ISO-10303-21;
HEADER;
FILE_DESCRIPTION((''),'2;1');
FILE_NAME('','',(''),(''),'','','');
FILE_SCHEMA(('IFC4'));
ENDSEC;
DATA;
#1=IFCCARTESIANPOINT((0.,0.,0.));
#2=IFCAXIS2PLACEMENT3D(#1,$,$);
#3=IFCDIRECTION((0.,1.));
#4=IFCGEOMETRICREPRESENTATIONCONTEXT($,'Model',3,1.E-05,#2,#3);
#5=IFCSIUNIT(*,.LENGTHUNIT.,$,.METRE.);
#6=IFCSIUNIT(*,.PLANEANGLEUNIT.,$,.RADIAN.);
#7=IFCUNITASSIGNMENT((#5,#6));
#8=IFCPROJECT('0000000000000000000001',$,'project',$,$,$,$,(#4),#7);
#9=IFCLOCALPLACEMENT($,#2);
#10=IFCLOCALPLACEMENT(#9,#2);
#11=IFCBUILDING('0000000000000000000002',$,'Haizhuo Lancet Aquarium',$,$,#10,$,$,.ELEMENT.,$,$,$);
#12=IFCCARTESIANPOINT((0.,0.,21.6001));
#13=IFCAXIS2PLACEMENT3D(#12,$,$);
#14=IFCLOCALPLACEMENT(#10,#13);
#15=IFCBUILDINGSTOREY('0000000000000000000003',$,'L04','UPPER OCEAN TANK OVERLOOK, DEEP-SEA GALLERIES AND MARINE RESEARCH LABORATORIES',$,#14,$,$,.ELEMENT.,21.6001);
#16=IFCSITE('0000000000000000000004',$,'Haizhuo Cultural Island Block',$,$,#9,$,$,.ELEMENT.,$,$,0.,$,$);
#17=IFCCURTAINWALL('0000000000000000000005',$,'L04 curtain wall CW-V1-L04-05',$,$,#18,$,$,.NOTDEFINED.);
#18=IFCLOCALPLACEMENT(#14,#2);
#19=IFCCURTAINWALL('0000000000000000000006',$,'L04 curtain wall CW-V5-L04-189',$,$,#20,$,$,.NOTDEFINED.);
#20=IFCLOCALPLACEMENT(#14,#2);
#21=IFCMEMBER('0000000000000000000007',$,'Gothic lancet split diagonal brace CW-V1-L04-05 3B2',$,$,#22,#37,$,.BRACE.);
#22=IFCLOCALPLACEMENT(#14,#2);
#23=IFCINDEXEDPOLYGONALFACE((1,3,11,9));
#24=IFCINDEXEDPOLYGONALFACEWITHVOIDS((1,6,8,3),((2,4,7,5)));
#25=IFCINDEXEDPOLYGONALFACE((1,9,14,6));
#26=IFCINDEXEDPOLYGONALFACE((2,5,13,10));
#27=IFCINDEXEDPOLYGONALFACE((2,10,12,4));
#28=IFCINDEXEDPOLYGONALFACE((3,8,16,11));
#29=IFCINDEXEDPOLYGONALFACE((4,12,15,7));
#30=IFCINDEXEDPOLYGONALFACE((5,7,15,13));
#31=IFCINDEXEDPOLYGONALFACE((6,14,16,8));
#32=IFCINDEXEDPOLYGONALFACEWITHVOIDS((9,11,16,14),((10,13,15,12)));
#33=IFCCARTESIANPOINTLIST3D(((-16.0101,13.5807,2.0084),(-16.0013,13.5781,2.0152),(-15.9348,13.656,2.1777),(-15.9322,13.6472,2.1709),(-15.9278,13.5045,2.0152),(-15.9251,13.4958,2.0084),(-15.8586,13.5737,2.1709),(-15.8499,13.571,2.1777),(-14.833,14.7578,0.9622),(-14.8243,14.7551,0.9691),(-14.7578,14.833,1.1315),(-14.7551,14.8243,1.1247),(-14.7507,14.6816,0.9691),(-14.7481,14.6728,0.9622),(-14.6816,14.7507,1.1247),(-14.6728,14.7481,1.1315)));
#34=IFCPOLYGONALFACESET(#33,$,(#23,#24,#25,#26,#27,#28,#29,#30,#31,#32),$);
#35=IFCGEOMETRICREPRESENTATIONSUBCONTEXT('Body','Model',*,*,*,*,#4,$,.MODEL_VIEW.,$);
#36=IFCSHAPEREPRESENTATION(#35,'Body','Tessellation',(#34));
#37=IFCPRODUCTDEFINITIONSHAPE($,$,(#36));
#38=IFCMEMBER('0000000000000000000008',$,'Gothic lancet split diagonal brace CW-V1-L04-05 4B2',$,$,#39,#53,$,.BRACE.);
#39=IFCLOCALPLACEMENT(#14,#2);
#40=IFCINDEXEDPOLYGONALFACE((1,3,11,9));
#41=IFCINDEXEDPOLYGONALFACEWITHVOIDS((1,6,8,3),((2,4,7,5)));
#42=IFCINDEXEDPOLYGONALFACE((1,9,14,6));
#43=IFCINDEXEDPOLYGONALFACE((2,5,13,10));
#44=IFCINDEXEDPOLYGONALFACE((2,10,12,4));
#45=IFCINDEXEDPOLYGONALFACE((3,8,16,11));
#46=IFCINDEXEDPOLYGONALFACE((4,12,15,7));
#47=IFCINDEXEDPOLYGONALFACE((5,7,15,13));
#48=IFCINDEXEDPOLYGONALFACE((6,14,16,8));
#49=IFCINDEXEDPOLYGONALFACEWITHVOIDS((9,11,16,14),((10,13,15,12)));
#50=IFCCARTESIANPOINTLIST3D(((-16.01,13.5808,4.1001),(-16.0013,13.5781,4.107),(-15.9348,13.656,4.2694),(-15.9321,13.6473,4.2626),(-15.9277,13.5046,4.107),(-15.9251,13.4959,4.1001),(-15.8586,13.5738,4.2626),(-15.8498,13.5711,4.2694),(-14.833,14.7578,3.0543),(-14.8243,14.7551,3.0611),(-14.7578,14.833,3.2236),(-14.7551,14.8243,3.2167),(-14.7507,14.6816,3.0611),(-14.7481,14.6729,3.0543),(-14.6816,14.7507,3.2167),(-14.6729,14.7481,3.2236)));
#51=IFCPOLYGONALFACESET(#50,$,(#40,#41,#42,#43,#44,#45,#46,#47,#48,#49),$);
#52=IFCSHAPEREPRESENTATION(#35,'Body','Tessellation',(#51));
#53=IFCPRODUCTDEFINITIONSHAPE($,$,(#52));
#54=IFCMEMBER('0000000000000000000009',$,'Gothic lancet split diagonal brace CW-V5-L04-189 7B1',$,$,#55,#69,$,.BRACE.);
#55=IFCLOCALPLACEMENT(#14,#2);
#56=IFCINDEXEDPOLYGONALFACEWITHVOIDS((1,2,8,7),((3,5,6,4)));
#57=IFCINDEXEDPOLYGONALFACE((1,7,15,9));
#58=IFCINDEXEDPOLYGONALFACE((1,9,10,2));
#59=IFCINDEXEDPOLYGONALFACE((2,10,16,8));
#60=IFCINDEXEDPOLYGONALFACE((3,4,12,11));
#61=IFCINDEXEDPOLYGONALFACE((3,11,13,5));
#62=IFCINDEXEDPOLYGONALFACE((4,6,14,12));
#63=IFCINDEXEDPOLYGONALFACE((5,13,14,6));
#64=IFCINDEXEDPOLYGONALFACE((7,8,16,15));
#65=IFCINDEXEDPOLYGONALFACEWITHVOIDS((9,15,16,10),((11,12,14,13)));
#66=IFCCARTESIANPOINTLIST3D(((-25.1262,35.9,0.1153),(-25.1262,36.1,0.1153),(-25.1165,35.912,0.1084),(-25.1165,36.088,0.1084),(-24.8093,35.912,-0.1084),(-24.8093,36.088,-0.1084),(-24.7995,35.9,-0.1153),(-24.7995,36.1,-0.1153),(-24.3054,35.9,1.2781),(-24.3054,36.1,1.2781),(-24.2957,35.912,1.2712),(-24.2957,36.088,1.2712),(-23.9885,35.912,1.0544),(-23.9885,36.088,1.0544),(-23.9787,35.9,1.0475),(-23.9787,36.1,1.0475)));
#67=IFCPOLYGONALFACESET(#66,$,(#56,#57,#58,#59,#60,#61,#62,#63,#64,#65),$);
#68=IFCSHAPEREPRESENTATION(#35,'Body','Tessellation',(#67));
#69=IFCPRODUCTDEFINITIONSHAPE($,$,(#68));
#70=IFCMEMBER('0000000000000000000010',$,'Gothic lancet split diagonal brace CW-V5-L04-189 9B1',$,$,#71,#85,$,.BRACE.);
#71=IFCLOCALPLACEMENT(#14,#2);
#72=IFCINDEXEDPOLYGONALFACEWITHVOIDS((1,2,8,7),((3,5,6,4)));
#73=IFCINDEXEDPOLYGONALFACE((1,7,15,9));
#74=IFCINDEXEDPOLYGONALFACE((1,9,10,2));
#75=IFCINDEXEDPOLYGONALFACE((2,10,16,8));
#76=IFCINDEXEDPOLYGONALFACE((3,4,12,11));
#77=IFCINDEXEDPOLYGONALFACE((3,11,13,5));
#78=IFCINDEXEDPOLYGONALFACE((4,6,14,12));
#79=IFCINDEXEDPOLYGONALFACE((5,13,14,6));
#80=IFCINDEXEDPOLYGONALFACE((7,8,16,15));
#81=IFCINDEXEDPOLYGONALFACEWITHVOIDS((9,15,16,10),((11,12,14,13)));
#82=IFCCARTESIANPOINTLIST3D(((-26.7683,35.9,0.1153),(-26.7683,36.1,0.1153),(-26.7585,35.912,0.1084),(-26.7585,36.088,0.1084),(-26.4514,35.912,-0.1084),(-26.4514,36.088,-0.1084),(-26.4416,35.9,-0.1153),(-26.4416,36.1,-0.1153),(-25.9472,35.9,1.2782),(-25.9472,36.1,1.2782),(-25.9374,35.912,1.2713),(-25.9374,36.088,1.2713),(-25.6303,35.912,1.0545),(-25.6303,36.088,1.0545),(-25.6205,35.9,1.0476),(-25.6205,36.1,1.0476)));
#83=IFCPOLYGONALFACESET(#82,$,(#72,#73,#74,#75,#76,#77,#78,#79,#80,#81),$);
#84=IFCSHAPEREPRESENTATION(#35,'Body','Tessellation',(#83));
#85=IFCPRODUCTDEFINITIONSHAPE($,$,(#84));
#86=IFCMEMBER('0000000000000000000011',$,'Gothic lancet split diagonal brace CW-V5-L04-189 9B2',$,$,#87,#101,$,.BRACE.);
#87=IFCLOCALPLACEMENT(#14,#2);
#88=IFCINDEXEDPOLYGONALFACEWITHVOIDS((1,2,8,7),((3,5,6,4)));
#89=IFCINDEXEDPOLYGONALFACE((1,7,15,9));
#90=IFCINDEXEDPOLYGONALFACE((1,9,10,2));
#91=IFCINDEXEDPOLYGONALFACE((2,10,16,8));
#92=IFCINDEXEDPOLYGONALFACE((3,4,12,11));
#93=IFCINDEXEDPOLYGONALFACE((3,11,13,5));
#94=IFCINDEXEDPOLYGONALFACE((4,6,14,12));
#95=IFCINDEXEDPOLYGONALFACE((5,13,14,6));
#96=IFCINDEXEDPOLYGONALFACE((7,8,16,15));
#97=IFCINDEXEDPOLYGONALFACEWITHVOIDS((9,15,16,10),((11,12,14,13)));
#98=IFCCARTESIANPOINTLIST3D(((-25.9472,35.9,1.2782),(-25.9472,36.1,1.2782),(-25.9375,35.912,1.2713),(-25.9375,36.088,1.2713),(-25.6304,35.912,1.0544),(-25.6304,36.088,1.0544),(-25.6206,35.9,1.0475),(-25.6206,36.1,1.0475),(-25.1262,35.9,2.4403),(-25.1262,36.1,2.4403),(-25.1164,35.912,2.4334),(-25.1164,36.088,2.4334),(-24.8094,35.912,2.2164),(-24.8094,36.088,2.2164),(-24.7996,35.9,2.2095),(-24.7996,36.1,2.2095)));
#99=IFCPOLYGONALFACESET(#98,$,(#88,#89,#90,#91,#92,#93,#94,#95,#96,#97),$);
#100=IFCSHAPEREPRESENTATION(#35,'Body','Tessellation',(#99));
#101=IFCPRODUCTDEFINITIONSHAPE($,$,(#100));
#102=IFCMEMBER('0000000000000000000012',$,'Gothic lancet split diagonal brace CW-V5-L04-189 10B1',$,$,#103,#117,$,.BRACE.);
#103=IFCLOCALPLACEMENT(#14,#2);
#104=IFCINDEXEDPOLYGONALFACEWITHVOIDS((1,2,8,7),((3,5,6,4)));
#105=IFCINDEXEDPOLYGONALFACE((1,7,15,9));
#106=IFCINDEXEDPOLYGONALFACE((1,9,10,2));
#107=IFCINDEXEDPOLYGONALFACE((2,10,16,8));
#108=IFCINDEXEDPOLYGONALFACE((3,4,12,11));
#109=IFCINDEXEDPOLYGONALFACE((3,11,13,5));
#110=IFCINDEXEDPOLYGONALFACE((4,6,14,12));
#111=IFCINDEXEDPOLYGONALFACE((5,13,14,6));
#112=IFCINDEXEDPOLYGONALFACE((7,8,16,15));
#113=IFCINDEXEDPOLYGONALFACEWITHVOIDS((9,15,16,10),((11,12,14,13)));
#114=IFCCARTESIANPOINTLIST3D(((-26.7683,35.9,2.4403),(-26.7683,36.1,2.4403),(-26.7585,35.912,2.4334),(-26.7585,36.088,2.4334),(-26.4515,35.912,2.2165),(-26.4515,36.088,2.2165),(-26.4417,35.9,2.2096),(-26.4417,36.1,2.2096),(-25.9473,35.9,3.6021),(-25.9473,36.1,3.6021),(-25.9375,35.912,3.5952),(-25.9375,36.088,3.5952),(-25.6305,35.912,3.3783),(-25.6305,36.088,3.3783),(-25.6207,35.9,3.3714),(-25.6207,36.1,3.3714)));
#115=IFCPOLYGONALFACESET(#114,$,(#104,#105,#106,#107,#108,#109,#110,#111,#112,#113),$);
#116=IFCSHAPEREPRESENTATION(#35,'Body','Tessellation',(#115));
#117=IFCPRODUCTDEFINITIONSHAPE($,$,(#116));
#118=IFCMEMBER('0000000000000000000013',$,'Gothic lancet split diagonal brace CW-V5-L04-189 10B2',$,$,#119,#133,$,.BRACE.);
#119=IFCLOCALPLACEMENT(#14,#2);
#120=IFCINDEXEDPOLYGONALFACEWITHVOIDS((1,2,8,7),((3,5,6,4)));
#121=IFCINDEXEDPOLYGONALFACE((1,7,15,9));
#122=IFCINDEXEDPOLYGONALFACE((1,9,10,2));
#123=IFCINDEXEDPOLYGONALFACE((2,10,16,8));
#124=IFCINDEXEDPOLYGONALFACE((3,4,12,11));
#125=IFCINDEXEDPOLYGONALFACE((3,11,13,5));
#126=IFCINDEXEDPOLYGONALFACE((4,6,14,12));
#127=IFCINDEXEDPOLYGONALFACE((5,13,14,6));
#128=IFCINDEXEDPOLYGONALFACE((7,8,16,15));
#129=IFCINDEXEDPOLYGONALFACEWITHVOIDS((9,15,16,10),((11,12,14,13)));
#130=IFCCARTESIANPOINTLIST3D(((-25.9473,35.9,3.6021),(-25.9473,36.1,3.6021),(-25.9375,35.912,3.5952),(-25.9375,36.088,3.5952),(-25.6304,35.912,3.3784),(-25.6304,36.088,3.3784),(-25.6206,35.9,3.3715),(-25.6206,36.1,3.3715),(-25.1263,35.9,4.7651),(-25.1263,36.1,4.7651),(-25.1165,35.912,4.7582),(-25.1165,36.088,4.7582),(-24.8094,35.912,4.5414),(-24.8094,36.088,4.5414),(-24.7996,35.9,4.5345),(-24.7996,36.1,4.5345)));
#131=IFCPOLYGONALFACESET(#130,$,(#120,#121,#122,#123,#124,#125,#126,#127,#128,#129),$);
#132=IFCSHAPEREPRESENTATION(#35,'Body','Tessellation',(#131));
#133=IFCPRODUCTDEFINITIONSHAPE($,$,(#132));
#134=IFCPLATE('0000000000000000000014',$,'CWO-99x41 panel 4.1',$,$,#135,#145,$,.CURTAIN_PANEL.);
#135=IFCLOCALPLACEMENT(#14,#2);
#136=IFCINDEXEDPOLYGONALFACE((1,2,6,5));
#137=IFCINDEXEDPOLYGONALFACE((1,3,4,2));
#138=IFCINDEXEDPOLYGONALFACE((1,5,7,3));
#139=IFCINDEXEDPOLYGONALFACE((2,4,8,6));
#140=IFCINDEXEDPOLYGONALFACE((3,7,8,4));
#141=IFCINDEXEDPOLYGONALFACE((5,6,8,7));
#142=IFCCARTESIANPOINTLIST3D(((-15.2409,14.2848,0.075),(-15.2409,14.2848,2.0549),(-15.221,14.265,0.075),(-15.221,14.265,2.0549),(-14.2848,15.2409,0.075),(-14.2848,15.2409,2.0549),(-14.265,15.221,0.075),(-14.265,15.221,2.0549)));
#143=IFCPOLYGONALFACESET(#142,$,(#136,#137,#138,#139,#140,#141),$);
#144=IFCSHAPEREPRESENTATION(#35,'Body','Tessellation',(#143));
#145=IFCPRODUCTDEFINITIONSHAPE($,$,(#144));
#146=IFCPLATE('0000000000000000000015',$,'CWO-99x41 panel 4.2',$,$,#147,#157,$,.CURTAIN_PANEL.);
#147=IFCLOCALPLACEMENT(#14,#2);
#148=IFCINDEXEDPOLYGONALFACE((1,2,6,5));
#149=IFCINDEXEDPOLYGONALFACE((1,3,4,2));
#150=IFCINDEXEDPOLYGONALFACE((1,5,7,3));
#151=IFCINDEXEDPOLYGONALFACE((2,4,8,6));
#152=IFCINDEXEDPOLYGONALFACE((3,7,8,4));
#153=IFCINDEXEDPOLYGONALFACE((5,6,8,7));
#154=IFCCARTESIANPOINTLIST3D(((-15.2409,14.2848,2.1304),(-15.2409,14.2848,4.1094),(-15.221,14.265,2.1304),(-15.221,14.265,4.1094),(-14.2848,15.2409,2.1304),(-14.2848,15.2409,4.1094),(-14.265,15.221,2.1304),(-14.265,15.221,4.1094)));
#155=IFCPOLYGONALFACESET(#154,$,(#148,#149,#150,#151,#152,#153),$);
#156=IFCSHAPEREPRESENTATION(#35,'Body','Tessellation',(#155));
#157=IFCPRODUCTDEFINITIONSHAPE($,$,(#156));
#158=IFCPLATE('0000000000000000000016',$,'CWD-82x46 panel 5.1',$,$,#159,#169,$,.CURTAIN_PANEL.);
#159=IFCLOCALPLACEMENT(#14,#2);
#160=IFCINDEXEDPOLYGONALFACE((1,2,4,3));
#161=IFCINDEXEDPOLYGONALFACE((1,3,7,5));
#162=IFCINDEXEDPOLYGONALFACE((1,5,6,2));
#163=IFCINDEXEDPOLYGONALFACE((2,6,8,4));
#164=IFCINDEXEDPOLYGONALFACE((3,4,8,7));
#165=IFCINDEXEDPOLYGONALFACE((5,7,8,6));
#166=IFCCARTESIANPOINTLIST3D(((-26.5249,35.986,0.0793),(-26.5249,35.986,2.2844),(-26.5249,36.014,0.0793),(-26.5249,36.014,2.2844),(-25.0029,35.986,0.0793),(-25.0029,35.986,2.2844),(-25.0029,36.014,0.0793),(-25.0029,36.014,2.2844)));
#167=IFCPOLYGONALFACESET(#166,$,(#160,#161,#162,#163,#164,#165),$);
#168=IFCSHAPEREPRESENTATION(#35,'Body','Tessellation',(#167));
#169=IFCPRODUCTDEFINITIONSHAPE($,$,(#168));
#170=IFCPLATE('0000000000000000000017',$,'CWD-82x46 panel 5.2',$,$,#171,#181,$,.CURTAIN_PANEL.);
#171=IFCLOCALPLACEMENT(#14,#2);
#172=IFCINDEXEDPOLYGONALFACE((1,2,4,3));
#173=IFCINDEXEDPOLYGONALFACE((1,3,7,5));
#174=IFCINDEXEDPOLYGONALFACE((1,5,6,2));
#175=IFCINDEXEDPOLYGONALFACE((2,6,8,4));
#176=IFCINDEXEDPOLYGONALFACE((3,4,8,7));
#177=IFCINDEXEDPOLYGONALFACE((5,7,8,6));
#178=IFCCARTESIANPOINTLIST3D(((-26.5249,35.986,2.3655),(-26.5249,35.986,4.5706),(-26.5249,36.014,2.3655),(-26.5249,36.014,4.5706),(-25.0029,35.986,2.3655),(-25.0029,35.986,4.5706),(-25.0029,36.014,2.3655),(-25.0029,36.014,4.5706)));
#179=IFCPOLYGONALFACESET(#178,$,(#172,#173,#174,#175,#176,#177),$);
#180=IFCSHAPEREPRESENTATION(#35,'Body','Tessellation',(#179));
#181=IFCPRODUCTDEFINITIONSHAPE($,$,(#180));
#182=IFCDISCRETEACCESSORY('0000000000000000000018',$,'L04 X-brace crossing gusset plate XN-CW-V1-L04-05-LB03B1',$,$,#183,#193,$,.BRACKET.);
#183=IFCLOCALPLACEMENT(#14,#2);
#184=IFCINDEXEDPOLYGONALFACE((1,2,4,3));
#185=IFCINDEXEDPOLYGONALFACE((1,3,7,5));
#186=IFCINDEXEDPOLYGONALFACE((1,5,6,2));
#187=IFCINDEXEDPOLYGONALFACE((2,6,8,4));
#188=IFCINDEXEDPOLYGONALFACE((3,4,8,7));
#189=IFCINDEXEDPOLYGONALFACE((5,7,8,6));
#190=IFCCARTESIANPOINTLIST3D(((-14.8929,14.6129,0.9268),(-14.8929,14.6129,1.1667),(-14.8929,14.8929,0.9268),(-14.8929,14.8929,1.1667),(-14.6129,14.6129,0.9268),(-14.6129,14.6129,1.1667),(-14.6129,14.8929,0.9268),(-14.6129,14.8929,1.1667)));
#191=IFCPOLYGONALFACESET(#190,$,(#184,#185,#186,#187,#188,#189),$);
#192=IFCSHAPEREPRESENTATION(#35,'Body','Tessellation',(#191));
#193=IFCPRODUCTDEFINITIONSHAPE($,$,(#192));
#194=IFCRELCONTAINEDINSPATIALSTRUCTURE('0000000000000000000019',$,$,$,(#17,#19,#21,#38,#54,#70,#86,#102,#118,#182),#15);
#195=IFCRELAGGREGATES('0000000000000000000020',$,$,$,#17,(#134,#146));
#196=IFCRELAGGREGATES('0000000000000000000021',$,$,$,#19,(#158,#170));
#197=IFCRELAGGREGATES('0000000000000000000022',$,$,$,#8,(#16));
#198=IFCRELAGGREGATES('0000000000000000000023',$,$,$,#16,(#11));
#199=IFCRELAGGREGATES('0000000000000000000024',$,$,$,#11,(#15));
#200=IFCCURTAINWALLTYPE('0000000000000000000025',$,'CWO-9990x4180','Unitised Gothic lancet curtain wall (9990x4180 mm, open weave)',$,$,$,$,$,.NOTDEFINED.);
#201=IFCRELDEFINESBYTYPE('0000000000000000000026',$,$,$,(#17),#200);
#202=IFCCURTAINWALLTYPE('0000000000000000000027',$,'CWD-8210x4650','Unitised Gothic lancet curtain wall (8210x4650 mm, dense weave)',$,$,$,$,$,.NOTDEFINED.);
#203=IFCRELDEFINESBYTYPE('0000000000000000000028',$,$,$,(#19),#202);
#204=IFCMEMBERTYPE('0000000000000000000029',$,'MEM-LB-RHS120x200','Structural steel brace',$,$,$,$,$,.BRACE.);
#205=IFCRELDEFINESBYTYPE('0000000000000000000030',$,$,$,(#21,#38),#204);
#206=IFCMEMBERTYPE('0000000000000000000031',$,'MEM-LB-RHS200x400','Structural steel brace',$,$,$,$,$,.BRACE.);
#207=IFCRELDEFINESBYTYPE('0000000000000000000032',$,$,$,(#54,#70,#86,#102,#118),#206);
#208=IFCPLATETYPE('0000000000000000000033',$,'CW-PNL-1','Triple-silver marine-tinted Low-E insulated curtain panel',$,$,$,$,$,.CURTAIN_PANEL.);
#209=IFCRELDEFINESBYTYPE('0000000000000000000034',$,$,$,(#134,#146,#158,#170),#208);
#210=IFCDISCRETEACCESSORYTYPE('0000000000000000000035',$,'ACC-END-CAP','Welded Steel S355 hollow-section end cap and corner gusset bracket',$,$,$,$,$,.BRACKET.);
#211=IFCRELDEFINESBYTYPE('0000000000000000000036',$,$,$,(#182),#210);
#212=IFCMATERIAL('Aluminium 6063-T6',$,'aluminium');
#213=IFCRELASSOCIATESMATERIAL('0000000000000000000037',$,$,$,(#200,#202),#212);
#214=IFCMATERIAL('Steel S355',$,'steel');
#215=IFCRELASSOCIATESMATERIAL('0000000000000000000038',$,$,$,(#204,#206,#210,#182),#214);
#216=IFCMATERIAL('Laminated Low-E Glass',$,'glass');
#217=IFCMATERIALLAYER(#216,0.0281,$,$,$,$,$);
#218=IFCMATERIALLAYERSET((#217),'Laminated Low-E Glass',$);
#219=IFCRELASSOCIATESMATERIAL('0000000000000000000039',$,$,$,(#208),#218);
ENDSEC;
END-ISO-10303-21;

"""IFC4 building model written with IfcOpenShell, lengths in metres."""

from ifc_helpers import new_model, si_unit, direction, frame, origin, origin_2d, place, context, subcontext, project, spatial, rectangle, hollow_rectangle, extrude, material, layer, layer_set, material_profile, profile_set, type_object, element, aggregate, save


model = new_model("IFC4")

# Units and contexts
model_context = context("Model", 3, precision=1e-05, world=origin(), true_north=direction((0.0, 1.0)))
body_context = subcontext(model_context, "Body", "Model", "MODEL_VIEW")
ifc_project = project(units=[si_unit("LENGTHUNIT", "METRE"), si_unit("PLANEANGLEUNIT", "RADIAN")], contexts=[model_context])

# Site, building, storey
site_placement = place(None, origin())
site = spatial("IfcSite", under=ifc_project, at=site_placement, Name="Haizhuo Cultural Island Block", CompositionType="ELEMENT", RefElevation=0.0)
building_placement = place(site_placement, origin())
building = spatial("IfcBuilding", under=site, at=building_placement, Name="Haizhuo Lancet Aquarium", CompositionType="ELEMENT")
storey_placement = place(building_placement, frame((0.0, 0.0, 21.6001)))
storey = spatial("IfcBuildingStorey", under=building, at=storey_placement, Name="L04", Description="UPPER OCEAN TANK OVERLOOK, DEEP-SEA GALLERIES AND MARINE RESEARCH LABORATORIES", CompositionType="ELEMENT", Elevation=21.6001)

# Curtain wall
ifc_material_1 = material(Name="Aluminium 6063-T6", Category="aluminium")
curtain_wall_type_1 = type_object("IfcCurtainWallType", Name="CWO-9990x4180", Description="Unitised Gothic lancet curtain wall (9990x4180 mm, open weave)", PredefinedType="NOTDEFINED", material=ifc_material_1)
curtain_wall_1_placement = place(storey_placement, origin())
curtain_wall_1 = element("IfcCurtainWall", 1, at=curtain_wall_1_placement, inside=storey, type_object=curtain_wall_type_1, Name="L04 curtain wall CW-V1-L04-05", PredefinedType="NOTDEFINED")

# Curtain wall
curtain_wall_type_2 = type_object("IfcCurtainWallType", Name="CWD-8210x4650", Description="Unitised Gothic lancet curtain wall (8210x4650 mm, dense weave)", PredefinedType="NOTDEFINED", material=ifc_material_1)
curtain_wall_2_placement = place(storey_placement, origin())
curtain_wall_2 = element("IfcCurtainWall", 2, at=curtain_wall_2_placement, inside=storey, type_object=curtain_wall_type_2, Name="L04 curtain wall CW-V5-L04-189", PredefinedType="NOTDEFINED")

# Members
ifc_material_2 = material(Name="Steel S355", Category="steel")
ifc_material_profile_1 = material_profile(ifc_material_2, hollow_rectangle(XDim=0.1201, YDim=0.2, WallThickness=0.0081, at=origin_2d()), Name="RHS 120x200x8")
ifc_profile_set_1 = profile_set([ifc_material_profile_1], Name="Steel S355")
member_type_1 = type_object("IfcMemberType", Name="MEM-LB-RHS120x200", Description="Structural steel brace", PredefinedType="BRACE", material=ifc_profile_set_1)
member_1_placement = place(storey_placement, frame((-14.7529, 14.7529, 1.0469), z_axis=(-0.598684, -0.598684, 0.532122), x_axis=(0.707107, -0.707107, 0.0)))
element("IfcMember", 3, at=member_1_placement, inside=storey, type_object=member_type_1, Name="Gothic lancet split diagonal brace CW-V1-L04-05 3B2", PredefinedType="BRACE", context=body_context, shape_type="SweptSolid", body=[
    extrude(hollow_rectangle(XDim=0.1201, YDim=0.2, WallThickness=0.0081, at=origin_2d()), origin(), (0.0, 0.0, 1.0), 1.9661),
])
member_2_placement = place(storey_placement, frame((-14.7529, 14.7529, 3.1389), z_axis=(-0.598724, -0.598724, 0.532033), x_axis=(0.707107, -0.707107, 0.0)))
element("IfcMember", 4, at=member_2_placement, inside=storey, type_object=member_type_1, Name="Gothic lancet split diagonal brace CW-V1-L04-05 4B2", PredefinedType="BRACE", context=body_context, shape_type="SweptSolid", body=[
    extrude(hollow_rectangle(XDim=0.1201, YDim=0.2, WallThickness=0.0081, at=origin_2d()), origin(), (0.0, 0.0, 1.0), 1.9658),
])
ifc_material_profile_2 = material_profile(ifc_material_2, hollow_rectangle(XDim=0.2, YDim=0.3999, WallThickness=0.012, at=origin_2d()), Name="RHS 200x400x12")
ifc_profile_set_2 = profile_set([ifc_material_profile_2], Name="Steel S355")
member_type_2 = type_object("IfcMemberType", Name="MEM-LB-RHS200x400", Description="Structural steel brace", PredefinedType="BRACE", material=ifc_profile_set_2)
member_3_placement = place(storey_placement, frame((-24.9629, 36.0, 0.0), z_axis=(0.57667, 0.0, 0.816977), x_axis=(0.0, 1.0, 0.0)))
element("IfcMember", 5, at=member_3_placement, inside=storey, type_object=member_type_2, Name="Gothic lancet split diagonal brace CW-V5-L04-189 7B1", PredefinedType="BRACE", context=body_context, shape_type="SweptSolid", body=[
    extrude(hollow_rectangle(XDim=0.2, YDim=0.3999, WallThickness=0.012, at=origin_2d()), origin(), (0.0, 0.0, 1.0), 1.4233),
])
member_4_placement = place(storey_placement, frame((-26.605, 36.0, 0.0), z_axis=(0.576784, 0.0, 0.816897), x_axis=(0.0, 1.0, 0.0)))
element("IfcMember", 6, at=member_4_placement, inside=storey, type_object=member_type_2, Name="Gothic lancet split diagonal brace CW-V5-L04-189 9B1", PredefinedType="BRACE", context=body_context, shape_type="SweptSolid", body=[
    extrude(hollow_rectangle(XDim=0.2, YDim=0.3999, WallThickness=0.012, at=origin_2d()), origin(), (0.0, 0.0, 1.0), 1.4236),
])
member_5_placement = place(storey_placement, frame((-25.7839, 36.0, 1.1628), z_axis=(0.577027, 0.0, 0.816725), x_axis=(0.0, 1.0, 0.0)))
element("IfcMember", 7, at=member_5_placement, inside=storey, type_object=member_type_2, Name="Gothic lancet split diagonal brace CW-V5-L04-189 9B2", PredefinedType="BRACE", context=body_context, shape_type="SweptSolid", body=[
    extrude(hollow_rectangle(XDim=0.2, YDim=0.3999, WallThickness=0.012, at=origin_2d()), origin(), (0.0, 0.0, 1.0), 1.4229),
])
member_6_placement = place(storey_placement, frame((-26.605, 36.0, 2.325), z_axis=(0.577108, 0.0, 0.816668), x_axis=(0.0, 1.0, 0.0)))
element("IfcMember", 8, at=member_6_placement, inside=storey, type_object=member_type_2, Name="Gothic lancet split diagonal brace CW-V5-L04-189 10B1", PredefinedType="BRACE", context=body_context, shape_type="SweptSolid", body=[
    extrude(hollow_rectangle(XDim=0.2, YDim=0.3999, WallThickness=0.012, at=origin_2d()), origin(), (0.0, 0.0, 1.0), 1.4226),
])
member_7_placement = place(storey_placement, frame((-25.7839, 36.0, 3.4868), z_axis=(0.576703, 0.0, 0.816954), x_axis=(0.0, 1.0, 0.0)))
element("IfcMember", 9, at=member_7_placement, inside=storey, type_object=member_type_2, Name="Gothic lancet split diagonal brace CW-V5-L04-189 10B2", PredefinedType="BRACE", context=body_context, shape_type="SweptSolid", body=[
    extrude(hollow_rectangle(XDim=0.2, YDim=0.3999, WallThickness=0.012, at=origin_2d()), origin(), (0.0, 0.0, 1.0), 1.4236),
])

# Plates
ifc_material_3 = material(Name="Laminated Low-E Glass", Category="glass")
ifc_layer = layer(ifc_material_3, 0.0281)
ifc_layer_set = layer_set([ifc_layer], Name="Laminated Low-E Glass")
plate_type = type_object("IfcPlateType", Name="CW-PNL-1", Description="Triple-silver marine-tinted Low-E insulated curtain panel", PredefinedType="CURTAIN_PANEL", material=ifc_layer_set)
plate_1_placement = place(storey_placement, frame((-14.7529, 14.7529, 0.075), z_axis=(0.0, 0.0, 1.0), x_axis=(0.707107, 0.707107, 0.0)))
plate_1 = element("IfcPlate", 10, at=plate_1_placement, type_object=plate_type, Name="CWO-99x41 panel 4.1", PredefinedType="CURTAIN_PANEL", context=body_context, shape_type="SweptSolid", body=[
    extrude(rectangle(XDim=1.3521, YDim=0.0281, at=origin_2d()), origin(), (0.0, 0.0, 1.0), 1.98),
])
plate_2_placement = place(storey_placement, frame((-14.7529, 14.7529, 2.1304), z_axis=(0.0, 0.0, 1.0), x_axis=(0.707107, 0.707107, 0.0)))
plate_2 = element("IfcPlate", 11, at=plate_2_placement, type_object=plate_type, Name="CWO-99x41 panel 4.2", PredefinedType="CURTAIN_PANEL", context=body_context, shape_type="SweptSolid", body=[
    extrude(rectangle(XDim=1.3521, YDim=0.0281, at=origin_2d()), origin(), (0.0, 0.0, 1.0), 1.979),
])
aggregate(curtain_wall_1, [plate_1, plate_2])
plate_3_placement = place(storey_placement, frame((-25.7639, 36.0, 0.0793), z_axis=(0.0, 0.0, 1.0), x_axis=(-1.0, 0.0, 0.0)))
plate_3 = element("IfcPlate", 12, at=plate_3_placement, type_object=plate_type, Name="CWD-82x46 panel 5.1", PredefinedType="CURTAIN_PANEL", context=body_context, shape_type="SweptSolid", body=[
    extrude(rectangle(XDim=1.522, YDim=0.0281, at=origin_2d()), origin(), (0.0, 0.0, 1.0), 2.2051),
])
plate_4_placement = place(storey_placement, frame((-25.7639, 36.0, 2.3655), z_axis=(0.0, 0.0, 1.0), x_axis=(-1.0, 0.0, 0.0)))
plate_4 = element("IfcPlate", 13, at=plate_4_placement, type_object=plate_type, Name="CWD-82x46 panel 5.2", PredefinedType="CURTAIN_PANEL", context=body_context, shape_type="SweptSolid", body=[
    extrude(rectangle(XDim=1.522, YDim=0.0281, at=origin_2d()), origin(), (0.0, 0.0, 1.0), 2.2051),
])
aggregate(curtain_wall_2, [plate_3, plate_4])

# Discrete accessory
discrete_accessory_type = type_object("IfcDiscreteAccessoryType", Name="ACC-END-CAP", Description="Welded Steel S355 hollow-section end cap and corner gusset bracket", PredefinedType="BRACKET", material=ifc_material_2)
for number, where, z_axis, x_axis, name in (
    (14, (-14.7529, 14.7529, 0.9268), (0.0, 0.0, 1.0), (1.0, 0.0, 0.0), "L04 X-brace crossing gusset plate XN-CW-V1-L04-05-LB03B1"),
):
    element("IfcDiscreteAccessory", number, at=place(storey_placement, frame(where, z_axis=z_axis, x_axis=x_axis)), inside=storey, type_object=discrete_accessory_type, material=ifc_material_2, Name=name, PredefinedType="BRACKET", context=body_context, shape_type="SweptSolid", body=[
        extrude(rectangle(XDim=0.28, YDim=0.28, at=origin_2d()), origin(), (0.0, 0.0, 1.0), 0.24),
    ])

save(model, "model.ifc")
